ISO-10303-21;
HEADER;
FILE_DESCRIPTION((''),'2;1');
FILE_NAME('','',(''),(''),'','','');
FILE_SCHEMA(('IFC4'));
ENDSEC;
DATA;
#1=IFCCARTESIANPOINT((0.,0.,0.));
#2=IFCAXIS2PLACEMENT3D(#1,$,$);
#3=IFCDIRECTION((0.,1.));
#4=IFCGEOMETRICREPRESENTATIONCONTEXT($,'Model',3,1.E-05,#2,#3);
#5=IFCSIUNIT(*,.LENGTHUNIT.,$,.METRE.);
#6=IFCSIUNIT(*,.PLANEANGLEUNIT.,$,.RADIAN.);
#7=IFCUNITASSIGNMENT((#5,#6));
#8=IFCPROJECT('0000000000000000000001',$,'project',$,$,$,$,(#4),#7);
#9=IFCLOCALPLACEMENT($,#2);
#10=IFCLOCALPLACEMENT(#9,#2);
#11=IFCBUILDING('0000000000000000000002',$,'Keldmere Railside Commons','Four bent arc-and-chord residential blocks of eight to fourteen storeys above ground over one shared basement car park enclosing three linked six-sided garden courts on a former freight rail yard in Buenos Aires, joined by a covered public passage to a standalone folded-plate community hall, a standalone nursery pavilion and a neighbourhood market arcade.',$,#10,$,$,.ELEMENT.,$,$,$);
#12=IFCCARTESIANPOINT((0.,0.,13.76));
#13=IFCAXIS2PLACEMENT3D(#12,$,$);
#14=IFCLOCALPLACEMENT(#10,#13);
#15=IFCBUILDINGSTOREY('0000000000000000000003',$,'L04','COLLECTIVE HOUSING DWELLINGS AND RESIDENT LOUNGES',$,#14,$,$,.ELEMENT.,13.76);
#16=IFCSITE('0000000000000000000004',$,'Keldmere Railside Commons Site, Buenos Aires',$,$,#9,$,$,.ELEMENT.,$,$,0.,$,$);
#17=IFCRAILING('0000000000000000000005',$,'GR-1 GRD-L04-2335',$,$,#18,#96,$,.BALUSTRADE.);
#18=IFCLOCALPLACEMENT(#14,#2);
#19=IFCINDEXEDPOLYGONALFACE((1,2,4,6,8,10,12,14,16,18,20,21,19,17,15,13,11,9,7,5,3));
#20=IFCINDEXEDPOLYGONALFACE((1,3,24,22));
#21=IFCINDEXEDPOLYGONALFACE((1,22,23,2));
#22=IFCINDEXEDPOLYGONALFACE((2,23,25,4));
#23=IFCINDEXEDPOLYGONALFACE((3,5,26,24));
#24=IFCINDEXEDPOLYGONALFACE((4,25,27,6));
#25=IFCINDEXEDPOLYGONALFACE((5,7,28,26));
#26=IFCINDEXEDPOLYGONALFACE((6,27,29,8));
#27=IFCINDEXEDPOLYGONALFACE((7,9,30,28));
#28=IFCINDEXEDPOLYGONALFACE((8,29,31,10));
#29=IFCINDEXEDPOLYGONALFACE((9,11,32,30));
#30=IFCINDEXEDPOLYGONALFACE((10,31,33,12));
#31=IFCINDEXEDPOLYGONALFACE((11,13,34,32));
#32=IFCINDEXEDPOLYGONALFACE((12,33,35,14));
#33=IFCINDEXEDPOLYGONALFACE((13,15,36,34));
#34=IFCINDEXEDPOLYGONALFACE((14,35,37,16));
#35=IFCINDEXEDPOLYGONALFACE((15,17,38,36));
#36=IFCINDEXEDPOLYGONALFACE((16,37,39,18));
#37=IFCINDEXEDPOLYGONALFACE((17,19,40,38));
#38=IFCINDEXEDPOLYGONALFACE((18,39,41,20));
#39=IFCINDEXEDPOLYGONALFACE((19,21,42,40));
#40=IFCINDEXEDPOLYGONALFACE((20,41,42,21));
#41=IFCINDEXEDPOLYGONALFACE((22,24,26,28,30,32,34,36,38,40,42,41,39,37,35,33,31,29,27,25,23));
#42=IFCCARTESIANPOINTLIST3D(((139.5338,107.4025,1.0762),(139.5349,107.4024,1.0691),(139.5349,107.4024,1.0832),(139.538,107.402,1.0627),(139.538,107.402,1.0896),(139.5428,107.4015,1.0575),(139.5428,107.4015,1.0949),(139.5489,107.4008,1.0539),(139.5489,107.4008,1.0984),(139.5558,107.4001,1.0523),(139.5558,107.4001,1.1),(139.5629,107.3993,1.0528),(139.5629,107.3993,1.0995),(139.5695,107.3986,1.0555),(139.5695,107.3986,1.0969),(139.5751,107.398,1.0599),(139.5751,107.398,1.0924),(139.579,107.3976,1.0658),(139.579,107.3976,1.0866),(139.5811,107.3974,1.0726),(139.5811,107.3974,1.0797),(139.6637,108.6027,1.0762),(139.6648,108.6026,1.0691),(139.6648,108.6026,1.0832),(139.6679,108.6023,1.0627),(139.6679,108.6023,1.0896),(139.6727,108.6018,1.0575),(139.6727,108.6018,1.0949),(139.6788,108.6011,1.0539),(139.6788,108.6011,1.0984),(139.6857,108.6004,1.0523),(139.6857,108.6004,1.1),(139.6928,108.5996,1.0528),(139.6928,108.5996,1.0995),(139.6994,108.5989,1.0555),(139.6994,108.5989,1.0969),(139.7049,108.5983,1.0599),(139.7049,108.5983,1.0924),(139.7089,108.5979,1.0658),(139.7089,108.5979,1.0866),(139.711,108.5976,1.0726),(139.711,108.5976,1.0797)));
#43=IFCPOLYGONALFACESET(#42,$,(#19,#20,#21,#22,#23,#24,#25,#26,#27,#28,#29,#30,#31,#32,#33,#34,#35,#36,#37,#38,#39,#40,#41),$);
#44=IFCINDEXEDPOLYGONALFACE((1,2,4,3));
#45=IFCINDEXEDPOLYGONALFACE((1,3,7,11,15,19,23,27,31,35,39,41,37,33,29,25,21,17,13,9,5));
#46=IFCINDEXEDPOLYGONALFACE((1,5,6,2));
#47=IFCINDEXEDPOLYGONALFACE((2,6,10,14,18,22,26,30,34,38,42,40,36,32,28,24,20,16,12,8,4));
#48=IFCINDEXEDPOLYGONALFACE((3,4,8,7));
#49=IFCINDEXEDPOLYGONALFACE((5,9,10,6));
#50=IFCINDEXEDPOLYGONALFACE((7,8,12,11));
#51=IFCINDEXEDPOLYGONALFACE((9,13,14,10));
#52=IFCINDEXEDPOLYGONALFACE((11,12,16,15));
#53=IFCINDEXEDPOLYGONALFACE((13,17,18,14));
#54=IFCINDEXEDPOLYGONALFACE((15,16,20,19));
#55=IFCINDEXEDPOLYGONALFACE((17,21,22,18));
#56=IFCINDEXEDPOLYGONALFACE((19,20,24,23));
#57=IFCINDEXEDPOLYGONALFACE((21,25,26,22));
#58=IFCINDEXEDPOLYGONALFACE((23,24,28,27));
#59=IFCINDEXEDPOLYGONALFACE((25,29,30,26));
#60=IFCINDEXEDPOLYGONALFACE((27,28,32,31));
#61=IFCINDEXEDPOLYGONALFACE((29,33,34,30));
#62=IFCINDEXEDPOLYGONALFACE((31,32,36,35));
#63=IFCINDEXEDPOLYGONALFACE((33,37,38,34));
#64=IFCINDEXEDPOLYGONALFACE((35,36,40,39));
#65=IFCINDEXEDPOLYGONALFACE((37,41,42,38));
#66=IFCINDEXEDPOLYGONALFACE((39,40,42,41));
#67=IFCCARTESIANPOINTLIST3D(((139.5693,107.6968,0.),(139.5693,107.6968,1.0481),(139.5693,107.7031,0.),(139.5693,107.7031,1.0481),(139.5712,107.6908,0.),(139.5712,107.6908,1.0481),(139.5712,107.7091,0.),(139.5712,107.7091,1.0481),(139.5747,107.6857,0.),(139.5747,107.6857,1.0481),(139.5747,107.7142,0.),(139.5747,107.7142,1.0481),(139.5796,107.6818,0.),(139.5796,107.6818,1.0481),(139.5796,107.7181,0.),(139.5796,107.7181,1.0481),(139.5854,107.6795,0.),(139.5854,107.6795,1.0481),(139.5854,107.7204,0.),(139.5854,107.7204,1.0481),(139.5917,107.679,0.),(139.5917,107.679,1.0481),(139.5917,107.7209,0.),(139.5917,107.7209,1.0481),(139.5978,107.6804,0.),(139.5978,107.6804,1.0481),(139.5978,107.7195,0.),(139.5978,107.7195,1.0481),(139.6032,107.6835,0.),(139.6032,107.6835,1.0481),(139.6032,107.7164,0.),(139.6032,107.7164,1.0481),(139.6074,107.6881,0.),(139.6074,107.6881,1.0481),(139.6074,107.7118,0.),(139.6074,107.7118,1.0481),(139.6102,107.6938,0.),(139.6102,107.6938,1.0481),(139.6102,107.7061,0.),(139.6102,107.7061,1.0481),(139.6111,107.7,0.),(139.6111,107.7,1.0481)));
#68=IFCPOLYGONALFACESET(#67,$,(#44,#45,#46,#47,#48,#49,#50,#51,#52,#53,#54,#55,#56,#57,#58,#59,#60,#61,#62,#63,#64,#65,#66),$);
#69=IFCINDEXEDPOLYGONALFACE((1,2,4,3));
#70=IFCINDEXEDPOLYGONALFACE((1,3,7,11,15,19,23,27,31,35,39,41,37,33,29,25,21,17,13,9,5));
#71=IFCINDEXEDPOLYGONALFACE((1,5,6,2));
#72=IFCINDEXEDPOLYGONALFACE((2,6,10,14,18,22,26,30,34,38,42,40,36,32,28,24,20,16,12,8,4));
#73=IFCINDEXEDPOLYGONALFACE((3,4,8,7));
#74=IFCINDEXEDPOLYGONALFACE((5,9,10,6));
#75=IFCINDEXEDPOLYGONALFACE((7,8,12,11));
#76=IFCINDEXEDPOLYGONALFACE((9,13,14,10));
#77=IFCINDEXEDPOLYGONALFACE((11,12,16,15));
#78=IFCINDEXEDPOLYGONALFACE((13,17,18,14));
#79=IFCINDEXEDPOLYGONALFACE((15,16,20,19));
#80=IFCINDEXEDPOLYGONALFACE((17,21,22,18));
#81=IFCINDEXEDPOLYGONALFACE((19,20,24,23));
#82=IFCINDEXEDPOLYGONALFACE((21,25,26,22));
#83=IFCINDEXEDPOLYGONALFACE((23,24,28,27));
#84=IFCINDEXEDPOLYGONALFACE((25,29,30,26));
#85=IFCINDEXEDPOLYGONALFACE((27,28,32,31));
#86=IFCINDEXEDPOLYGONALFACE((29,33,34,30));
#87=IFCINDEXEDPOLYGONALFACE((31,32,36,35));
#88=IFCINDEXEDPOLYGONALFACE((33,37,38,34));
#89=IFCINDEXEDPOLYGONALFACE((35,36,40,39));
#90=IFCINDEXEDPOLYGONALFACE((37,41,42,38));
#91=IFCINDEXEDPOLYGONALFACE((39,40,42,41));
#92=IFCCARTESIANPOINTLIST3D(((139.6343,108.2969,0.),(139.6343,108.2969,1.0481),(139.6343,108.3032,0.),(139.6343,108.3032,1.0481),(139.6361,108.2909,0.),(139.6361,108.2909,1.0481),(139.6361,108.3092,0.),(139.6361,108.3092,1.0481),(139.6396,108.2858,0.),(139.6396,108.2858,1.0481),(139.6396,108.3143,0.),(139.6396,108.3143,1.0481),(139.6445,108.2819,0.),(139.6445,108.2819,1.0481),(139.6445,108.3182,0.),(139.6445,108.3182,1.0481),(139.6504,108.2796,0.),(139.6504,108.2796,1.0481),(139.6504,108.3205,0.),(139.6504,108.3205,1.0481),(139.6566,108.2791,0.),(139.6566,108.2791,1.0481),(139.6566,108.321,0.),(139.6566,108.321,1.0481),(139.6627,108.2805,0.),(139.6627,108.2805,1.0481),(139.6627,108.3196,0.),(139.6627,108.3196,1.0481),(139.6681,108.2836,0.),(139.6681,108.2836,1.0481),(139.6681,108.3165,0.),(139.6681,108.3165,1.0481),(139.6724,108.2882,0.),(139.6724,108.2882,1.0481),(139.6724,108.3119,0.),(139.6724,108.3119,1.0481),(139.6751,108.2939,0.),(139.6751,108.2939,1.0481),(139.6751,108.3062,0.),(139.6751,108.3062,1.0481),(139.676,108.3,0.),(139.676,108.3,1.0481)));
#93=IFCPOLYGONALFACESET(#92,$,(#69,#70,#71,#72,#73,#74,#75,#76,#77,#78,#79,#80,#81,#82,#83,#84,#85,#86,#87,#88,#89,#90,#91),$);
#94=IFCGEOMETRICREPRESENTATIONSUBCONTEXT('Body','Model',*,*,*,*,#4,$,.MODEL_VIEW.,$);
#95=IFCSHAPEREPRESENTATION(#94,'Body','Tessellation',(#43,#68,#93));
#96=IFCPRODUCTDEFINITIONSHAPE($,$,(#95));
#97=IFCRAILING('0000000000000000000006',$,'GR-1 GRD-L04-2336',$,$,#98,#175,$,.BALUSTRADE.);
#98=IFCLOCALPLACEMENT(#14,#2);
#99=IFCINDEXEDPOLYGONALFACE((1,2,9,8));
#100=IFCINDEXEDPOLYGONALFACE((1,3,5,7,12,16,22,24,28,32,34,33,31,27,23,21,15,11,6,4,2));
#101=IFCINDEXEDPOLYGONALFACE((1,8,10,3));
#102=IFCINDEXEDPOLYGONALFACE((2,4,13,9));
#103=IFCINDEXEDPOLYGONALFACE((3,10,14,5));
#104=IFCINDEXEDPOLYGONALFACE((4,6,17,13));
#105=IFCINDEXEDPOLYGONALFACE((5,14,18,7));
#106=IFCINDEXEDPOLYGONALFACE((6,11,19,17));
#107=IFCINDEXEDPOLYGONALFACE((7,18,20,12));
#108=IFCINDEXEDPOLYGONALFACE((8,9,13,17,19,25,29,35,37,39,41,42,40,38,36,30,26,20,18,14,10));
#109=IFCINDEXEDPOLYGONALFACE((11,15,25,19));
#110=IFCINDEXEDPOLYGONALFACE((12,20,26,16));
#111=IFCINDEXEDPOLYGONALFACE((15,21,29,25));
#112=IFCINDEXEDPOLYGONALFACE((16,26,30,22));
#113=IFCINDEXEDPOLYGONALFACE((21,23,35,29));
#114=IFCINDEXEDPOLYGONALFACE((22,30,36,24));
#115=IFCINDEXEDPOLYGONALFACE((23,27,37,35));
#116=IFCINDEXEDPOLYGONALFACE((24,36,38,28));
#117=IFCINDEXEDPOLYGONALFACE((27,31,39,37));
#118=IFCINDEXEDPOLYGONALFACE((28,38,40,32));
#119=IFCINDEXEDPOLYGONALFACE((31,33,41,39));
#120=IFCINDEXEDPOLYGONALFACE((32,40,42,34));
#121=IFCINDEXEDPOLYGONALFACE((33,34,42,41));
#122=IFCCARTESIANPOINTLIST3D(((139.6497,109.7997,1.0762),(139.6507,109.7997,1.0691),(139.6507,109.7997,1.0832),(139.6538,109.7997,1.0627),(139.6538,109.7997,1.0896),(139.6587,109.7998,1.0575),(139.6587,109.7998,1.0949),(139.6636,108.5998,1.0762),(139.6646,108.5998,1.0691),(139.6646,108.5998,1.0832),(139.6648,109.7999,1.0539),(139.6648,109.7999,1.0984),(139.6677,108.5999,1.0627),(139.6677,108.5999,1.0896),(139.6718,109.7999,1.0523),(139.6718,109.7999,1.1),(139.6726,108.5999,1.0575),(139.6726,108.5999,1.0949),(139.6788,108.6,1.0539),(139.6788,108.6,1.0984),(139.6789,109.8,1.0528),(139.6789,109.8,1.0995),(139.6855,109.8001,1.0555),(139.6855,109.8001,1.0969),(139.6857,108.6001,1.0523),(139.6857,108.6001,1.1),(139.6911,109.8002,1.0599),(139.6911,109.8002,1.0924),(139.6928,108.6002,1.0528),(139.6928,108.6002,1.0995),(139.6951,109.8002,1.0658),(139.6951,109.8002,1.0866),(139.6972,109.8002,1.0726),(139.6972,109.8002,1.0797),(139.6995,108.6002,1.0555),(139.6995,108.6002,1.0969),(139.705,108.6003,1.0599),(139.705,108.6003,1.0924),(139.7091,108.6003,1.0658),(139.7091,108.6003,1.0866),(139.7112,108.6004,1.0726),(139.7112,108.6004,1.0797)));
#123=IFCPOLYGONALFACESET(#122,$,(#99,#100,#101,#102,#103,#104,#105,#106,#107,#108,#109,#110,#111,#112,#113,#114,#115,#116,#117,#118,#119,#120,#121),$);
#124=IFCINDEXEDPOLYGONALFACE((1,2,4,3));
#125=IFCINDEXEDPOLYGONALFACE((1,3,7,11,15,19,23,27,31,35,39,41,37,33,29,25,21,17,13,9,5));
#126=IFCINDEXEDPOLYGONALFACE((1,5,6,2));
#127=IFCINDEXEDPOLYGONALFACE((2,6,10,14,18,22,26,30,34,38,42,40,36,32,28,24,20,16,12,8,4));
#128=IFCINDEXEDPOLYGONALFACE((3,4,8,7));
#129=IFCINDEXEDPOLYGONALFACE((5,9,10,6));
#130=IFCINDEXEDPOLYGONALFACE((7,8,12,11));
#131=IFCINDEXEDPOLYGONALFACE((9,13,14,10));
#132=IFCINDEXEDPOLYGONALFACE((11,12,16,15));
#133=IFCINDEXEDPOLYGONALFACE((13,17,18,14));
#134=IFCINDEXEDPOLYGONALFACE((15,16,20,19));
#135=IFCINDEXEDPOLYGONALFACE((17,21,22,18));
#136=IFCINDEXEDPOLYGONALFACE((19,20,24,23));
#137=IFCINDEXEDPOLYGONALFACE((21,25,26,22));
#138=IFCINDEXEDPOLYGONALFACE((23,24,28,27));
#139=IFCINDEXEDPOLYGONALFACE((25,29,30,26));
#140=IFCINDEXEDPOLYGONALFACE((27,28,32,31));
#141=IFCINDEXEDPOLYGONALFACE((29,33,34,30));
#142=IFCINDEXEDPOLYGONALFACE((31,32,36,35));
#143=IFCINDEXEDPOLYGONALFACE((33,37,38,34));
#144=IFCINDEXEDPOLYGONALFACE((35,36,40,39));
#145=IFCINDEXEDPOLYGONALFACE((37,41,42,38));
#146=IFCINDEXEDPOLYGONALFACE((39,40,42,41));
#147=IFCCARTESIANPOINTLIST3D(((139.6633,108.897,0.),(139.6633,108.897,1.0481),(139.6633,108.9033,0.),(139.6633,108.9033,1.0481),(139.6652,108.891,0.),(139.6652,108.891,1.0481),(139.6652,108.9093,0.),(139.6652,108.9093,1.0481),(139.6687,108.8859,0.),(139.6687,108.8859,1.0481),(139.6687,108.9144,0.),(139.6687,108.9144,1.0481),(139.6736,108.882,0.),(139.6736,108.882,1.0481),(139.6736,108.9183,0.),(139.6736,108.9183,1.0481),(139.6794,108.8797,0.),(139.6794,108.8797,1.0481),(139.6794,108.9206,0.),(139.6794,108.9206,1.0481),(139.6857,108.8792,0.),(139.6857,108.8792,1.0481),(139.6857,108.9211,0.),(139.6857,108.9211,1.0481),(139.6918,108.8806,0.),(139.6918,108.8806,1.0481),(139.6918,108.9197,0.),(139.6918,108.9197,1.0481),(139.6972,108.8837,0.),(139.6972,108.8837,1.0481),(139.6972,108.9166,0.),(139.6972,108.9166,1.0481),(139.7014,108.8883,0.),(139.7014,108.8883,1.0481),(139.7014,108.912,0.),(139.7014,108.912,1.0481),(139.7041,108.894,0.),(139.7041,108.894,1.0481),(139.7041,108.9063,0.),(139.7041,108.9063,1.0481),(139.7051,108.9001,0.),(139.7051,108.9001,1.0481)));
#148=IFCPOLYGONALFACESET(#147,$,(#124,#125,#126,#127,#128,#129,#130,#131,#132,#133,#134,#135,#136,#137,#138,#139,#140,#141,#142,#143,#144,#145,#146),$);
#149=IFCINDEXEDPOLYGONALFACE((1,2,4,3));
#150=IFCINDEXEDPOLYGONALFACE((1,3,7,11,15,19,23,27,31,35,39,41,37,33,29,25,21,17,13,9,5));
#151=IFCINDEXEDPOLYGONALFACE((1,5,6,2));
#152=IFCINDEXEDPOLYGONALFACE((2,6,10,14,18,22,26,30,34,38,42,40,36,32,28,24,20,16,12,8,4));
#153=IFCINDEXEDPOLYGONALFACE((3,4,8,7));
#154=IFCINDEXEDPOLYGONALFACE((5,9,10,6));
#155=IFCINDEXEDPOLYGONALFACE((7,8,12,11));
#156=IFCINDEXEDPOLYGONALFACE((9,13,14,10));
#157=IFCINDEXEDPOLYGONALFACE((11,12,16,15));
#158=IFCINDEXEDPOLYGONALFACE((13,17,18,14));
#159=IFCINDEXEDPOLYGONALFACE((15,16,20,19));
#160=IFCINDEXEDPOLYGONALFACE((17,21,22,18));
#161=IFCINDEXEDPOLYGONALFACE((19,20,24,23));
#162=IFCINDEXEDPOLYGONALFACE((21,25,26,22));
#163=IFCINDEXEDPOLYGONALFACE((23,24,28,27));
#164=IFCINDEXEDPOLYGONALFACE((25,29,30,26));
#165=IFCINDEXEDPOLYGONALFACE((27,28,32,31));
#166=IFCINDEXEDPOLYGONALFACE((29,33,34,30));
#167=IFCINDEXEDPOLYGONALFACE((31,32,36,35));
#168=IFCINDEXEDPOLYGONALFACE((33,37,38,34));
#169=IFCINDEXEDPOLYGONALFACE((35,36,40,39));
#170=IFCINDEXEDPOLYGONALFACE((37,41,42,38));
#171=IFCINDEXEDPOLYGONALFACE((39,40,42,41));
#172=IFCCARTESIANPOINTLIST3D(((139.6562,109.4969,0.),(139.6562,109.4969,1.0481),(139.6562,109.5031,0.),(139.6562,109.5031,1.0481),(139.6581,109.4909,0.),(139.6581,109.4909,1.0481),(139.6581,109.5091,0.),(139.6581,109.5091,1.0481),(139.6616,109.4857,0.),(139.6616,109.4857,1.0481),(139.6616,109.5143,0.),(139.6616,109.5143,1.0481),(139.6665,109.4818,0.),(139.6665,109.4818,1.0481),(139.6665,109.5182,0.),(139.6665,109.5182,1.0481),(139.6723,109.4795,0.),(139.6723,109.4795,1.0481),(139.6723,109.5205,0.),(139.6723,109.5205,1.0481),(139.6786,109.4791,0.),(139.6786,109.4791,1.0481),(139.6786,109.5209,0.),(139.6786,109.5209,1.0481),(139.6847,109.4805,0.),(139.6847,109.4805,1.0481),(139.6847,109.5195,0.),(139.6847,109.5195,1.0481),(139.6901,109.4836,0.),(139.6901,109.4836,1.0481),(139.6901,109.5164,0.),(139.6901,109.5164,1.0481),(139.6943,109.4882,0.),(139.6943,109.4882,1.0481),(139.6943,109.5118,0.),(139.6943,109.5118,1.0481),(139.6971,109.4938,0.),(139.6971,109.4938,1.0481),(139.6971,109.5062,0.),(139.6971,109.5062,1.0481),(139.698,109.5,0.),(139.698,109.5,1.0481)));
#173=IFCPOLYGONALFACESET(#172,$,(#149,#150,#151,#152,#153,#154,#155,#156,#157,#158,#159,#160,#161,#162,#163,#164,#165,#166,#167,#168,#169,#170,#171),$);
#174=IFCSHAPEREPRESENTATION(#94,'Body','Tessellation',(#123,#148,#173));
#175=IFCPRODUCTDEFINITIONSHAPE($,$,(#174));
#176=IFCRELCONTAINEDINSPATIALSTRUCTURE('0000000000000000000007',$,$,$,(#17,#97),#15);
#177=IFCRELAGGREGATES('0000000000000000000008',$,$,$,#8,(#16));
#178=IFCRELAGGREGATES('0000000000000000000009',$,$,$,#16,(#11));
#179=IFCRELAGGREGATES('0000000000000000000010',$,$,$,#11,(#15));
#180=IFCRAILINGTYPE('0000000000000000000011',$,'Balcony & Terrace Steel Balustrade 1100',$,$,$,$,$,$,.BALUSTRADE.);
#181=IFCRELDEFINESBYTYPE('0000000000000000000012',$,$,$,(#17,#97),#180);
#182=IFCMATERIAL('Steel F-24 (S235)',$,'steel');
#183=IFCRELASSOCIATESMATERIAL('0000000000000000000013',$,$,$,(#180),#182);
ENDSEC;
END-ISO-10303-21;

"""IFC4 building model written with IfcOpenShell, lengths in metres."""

from ifc_helpers import new_model, si_unit, direction, frame, origin, origin_2d, place, context, subcontext, project, spatial, circle, extrude, material, type_object, element, save


model = new_model("IFC4")

# Units and contexts
model_context = context("Model", 3, precision=1e-05, world=origin(), true_north=direction((0.0, 1.0)))
body_context = subcontext(model_context, "Body", "Model", "MODEL_VIEW")
ifc_project = project(units=[si_unit("LENGTHUNIT", "METRE"), si_unit("PLANEANGLEUNIT", "RADIAN")], contexts=[model_context])

# Site, building, storey
site_placement = place(None, origin())
site = spatial("IfcSite", under=ifc_project, at=site_placement, Name="Keldmere Railside Commons Site, Buenos Aires", CompositionType="ELEMENT", RefElevation=0.0)
building_placement = place(site_placement, origin())
building = spatial("IfcBuilding", under=site, at=building_placement, Name="Keldmere Railside Commons", Description="Four bent arc-and-chord residential blocks of eight to fourteen storeys above ground over one shared basement car park enclosing three linked six-sided garden courts on a former freight rail yard in Buenos Aires, joined by a covered public passage to a standalone folded-plate community hall, a standalone nursery pavilion and a neighbourhood market arcade.", CompositionType="ELEMENT")
storey_placement = place(building_placement, frame((0.0, 0.0, 13.76)))
storey = spatial("IfcBuildingStorey", under=building, at=storey_placement, Name="L04", Description="COLLECTIVE HOUSING DWELLINGS AND RESIDENT LOUNGES", CompositionType="ELEMENT", Elevation=13.76)

# Shared definitions
ifc_material_1 = material(Name="Steel F-24 (S235)", Category="steel")

# Railings
railing_type = type_object("IfcRailingType", Name="Balcony & Terrace Steel Balustrade 1100", PredefinedType="BALUSTRADE", material=ifc_material_1)
railing_1_placement = place(storey_placement, frame((139.5576, 107.3999, 0.0)))
element("IfcRailing", 1, at=railing_1_placement, inside=storey, type_object=railing_type, Name="GR-1 GRD-L04-2335", PredefinedType="BALUSTRADE", context=body_context, shape_type="SweptSolid", body=[
    extrude(circle(Radius=0.0239, at=origin_2d()), frame((0.0, 0.0, 1.0762), z_axis=(0.10759, 0.994195, 0.0), x_axis=(-0.994195, 0.10759, 0.0)), (0.0, 0.0, 1.0), 1.2073),
    extrude(circle(Radius=0.021, at=origin_2d()), frame((0.0325, 0.3, 0.0)), (0.0, 0.0, 1.0), 1.0481),
    extrude(circle(Radius=0.021, at=origin_2d()), frame((0.0974, 0.9001, 0.0)), (0.0, 0.0, 1.0), 1.0481),
])
railing_2_placement = place(storey_placement, frame((139.6875, 108.6001, 0.0)))
element("IfcRailing", 2, at=railing_2_placement, inside=storey, type_object=railing_type, Name="GR-1 GRD-L04-2336", PredefinedType="BALUSTRADE", context=body_context, shape_type="SweptSolid", body=[
    extrude(circle(Radius=0.0239, at=origin_2d()), frame((0.0, 0.0, 1.0762), z_axis=(-0.011596, 0.999933, 0.0), x_axis=(-0.999933, -0.011596, 0.0)), (0.0, 0.0, 1.0), 1.2),
    extrude(circle(Radius=0.021, at=origin_2d()), frame((-0.0034, 0.3, 0.0)), (0.0, 0.0, 1.0), 1.0481),
    extrude(circle(Radius=0.021, at=origin_2d()), frame((-0.0105, 0.8999, 0.0)), (0.0, 0.0, 1.0), 1.0481),
])

save(model, "model.ifc")
